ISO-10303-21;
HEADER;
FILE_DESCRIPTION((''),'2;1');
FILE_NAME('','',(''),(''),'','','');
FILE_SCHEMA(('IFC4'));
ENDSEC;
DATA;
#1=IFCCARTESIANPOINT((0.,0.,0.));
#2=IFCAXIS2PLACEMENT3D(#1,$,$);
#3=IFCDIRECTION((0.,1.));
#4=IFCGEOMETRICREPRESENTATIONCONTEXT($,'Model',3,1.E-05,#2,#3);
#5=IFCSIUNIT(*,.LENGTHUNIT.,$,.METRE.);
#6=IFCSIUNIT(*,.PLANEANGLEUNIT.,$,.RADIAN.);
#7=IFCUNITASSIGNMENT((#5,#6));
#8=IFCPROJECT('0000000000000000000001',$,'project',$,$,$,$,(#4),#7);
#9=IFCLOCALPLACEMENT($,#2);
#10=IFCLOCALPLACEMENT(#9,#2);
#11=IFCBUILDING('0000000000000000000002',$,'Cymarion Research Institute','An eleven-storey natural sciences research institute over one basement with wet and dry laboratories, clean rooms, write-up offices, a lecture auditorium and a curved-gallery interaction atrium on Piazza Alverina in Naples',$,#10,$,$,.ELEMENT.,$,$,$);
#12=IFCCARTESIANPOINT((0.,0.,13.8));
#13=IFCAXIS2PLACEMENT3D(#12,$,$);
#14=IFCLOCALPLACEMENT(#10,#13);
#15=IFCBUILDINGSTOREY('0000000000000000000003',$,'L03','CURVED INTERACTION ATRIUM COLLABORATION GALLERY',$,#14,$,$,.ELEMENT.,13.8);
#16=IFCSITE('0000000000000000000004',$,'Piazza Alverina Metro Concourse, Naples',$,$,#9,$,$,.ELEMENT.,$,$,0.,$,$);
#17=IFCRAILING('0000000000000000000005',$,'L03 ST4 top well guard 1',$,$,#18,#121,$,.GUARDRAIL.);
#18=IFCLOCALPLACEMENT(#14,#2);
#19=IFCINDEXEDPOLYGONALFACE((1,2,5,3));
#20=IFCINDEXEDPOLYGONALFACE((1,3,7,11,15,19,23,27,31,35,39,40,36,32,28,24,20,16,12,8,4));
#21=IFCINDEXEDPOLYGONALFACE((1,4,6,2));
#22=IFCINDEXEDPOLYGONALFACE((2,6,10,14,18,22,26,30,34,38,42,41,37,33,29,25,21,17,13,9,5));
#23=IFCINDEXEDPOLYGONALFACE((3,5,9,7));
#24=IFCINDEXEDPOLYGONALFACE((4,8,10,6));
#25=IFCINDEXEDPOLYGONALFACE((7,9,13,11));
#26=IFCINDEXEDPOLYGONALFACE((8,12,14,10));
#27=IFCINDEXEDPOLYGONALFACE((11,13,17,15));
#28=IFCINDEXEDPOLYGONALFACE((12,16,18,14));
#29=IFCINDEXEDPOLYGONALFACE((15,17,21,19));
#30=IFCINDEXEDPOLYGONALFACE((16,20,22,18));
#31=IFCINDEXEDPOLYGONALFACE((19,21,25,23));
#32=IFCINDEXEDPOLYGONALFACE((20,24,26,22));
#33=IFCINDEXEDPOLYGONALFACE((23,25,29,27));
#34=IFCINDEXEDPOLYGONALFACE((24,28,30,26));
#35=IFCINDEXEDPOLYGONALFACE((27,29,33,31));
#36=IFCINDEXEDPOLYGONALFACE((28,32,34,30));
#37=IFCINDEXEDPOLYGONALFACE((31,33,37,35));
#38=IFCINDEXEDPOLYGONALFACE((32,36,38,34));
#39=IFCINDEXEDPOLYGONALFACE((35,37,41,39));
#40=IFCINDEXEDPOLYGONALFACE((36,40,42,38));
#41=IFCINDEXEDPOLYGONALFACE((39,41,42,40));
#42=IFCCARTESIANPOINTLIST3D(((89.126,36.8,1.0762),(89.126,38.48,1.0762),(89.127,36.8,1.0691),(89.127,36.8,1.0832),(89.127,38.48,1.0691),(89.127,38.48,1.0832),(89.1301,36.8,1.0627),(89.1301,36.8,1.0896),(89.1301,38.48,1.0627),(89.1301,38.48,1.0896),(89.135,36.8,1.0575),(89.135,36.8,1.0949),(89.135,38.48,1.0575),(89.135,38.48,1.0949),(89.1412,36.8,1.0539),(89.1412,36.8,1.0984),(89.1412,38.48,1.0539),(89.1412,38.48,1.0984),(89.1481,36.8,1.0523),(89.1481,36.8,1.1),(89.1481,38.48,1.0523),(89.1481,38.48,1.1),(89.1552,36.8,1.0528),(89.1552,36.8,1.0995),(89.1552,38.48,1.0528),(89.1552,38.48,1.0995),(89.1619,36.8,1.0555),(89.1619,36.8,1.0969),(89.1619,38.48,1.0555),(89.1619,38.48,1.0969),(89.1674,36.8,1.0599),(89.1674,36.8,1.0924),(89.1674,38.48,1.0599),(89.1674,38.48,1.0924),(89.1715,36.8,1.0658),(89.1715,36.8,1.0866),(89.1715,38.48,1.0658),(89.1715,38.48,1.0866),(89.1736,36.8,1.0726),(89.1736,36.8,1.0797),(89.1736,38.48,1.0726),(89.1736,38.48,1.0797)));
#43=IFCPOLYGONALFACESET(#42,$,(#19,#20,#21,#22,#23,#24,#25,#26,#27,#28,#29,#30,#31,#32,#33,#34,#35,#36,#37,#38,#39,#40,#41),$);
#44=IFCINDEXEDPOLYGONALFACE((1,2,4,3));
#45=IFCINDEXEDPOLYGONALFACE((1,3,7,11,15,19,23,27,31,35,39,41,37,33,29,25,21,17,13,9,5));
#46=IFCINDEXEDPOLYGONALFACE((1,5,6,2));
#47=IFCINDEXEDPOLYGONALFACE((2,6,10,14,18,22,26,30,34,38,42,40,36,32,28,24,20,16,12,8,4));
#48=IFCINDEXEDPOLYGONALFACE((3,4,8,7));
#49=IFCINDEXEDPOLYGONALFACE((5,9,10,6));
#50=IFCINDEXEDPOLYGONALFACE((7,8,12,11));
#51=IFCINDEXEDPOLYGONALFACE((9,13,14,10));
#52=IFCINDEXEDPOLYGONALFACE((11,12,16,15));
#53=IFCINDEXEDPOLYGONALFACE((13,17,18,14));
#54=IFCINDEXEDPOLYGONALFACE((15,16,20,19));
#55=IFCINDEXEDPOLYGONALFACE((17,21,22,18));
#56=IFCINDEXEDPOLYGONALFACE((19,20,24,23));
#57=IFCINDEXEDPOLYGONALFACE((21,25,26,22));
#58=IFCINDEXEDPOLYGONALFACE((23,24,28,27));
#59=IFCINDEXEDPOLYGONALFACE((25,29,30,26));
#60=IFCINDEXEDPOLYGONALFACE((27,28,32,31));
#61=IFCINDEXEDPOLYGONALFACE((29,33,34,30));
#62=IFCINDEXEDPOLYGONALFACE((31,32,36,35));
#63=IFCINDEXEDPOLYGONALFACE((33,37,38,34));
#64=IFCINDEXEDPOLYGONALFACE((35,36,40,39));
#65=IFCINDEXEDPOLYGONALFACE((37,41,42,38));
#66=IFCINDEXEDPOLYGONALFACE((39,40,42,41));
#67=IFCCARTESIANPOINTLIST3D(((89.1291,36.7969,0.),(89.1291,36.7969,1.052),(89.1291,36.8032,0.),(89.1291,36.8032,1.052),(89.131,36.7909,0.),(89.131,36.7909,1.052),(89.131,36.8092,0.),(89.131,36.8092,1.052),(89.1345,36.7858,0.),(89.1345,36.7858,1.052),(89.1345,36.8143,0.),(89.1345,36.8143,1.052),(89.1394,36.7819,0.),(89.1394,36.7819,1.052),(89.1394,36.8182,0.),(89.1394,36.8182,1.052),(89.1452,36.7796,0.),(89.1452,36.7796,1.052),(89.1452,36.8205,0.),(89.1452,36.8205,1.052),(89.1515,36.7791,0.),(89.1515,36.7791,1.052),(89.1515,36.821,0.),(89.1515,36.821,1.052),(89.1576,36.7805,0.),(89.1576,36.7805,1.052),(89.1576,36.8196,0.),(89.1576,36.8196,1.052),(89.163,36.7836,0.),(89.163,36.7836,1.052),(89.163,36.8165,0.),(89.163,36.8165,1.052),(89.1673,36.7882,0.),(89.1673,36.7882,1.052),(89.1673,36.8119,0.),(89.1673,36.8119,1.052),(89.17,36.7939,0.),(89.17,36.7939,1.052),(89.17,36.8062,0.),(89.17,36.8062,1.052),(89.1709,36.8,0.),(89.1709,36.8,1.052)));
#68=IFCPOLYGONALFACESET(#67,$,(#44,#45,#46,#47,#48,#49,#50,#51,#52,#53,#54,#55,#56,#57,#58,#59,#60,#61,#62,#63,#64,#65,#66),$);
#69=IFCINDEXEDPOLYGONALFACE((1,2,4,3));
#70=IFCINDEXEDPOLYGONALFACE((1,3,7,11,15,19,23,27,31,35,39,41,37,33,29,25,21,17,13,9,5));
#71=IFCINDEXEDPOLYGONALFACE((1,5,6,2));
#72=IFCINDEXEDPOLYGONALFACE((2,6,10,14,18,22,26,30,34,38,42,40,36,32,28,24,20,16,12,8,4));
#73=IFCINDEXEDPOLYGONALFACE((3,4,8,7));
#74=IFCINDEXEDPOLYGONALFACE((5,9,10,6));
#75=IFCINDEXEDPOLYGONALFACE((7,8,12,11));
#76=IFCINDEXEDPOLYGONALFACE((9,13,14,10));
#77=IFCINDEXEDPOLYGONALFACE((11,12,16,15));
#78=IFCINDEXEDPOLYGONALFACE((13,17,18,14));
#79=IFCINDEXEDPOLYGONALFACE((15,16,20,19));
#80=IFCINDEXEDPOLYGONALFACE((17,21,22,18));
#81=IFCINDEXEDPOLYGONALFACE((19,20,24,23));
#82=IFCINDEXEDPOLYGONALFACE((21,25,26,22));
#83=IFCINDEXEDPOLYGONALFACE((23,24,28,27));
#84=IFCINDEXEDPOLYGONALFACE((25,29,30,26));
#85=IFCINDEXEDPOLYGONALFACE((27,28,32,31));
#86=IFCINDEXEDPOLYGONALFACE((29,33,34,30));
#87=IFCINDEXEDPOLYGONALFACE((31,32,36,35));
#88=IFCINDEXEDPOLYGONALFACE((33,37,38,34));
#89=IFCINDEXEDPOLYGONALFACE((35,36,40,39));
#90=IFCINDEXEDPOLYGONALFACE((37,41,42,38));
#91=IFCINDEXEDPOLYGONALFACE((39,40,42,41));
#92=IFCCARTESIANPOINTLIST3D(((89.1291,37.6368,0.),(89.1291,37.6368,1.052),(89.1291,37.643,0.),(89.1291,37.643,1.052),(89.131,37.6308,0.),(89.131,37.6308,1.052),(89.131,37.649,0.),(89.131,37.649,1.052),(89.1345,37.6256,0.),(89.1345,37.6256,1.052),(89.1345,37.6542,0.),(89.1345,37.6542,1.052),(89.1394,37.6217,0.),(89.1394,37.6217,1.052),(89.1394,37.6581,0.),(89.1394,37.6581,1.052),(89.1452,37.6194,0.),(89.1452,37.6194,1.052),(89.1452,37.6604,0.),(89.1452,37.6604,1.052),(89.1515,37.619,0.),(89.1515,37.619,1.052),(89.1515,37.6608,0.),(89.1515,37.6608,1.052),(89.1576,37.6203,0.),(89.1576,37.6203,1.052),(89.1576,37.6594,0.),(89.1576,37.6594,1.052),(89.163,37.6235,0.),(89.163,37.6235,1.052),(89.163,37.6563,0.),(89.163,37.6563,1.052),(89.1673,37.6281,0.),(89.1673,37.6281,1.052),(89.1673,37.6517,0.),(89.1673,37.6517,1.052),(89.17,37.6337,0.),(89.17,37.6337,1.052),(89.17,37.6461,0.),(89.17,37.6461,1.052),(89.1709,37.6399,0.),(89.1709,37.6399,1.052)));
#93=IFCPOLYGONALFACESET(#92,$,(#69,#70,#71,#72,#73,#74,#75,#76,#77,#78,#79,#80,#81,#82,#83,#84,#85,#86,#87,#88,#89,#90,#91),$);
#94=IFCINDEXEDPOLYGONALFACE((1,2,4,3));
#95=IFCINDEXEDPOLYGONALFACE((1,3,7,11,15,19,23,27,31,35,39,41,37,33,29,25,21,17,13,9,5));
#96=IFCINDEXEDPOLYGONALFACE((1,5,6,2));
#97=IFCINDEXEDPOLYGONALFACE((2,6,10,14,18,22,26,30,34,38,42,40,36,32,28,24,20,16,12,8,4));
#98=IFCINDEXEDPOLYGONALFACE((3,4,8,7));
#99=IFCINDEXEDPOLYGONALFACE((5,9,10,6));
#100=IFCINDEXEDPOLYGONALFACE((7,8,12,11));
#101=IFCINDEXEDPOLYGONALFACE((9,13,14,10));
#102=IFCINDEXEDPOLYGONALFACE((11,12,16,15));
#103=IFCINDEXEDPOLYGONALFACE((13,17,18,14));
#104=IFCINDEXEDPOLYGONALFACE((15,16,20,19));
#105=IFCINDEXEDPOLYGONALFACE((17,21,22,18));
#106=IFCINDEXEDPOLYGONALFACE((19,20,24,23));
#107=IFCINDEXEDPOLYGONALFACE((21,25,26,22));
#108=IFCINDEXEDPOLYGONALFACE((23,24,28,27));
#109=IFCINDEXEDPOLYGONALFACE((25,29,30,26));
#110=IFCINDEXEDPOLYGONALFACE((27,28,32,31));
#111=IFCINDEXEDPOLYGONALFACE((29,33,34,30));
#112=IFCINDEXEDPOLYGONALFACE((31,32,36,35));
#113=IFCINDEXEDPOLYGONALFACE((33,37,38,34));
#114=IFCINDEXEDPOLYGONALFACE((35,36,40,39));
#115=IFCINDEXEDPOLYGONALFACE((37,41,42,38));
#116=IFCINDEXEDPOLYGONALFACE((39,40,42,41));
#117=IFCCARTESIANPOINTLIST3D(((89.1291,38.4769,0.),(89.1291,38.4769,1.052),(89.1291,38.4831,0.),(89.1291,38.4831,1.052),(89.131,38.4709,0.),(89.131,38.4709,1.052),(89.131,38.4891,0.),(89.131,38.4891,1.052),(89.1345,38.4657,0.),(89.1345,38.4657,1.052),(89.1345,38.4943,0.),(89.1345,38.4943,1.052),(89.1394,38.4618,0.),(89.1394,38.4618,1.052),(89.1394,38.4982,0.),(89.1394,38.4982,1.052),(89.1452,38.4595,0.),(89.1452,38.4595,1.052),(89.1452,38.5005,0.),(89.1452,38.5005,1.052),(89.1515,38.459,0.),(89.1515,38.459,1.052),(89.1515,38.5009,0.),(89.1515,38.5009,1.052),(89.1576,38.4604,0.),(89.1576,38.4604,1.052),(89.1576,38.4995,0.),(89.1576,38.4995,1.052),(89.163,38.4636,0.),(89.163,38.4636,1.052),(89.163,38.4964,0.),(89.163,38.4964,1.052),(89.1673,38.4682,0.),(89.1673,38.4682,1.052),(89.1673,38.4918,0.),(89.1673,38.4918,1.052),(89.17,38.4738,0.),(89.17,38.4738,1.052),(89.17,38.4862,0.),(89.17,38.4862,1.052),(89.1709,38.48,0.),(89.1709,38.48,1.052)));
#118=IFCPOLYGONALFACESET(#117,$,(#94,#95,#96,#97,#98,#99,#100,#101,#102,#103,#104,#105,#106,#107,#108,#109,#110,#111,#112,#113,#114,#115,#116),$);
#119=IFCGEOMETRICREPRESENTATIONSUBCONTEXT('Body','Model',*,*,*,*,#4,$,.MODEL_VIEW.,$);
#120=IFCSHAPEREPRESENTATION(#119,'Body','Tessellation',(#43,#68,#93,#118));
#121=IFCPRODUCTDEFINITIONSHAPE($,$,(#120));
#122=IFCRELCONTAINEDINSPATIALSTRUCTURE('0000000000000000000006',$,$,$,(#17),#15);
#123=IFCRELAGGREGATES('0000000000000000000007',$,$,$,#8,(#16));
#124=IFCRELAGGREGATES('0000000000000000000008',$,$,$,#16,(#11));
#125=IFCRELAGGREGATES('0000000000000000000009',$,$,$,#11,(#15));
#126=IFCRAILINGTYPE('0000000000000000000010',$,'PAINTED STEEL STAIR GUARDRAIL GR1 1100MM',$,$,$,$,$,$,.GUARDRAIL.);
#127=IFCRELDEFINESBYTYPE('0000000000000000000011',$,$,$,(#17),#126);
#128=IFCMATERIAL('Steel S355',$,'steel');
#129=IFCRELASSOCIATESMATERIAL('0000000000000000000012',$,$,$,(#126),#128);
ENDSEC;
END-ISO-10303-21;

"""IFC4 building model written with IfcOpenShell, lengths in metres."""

from ifc_helpers import new_model, si_unit, direction, frame, origin, origin_2d, place, context, subcontext, project, spatial, circle, extrude, material, type_object, element, save


model = new_model("IFC4")

# Units and contexts
model_context = context("Model", 3, precision=1e-05, world=origin(), true_north=direction((0.0, 1.0)))
body_context = subcontext(model_context, "Body", "Model", "MODEL_VIEW")
ifc_project = project(units=[si_unit("LENGTHUNIT", "METRE"), si_unit("PLANEANGLEUNIT", "RADIAN")], contexts=[model_context])

# Site, building, storey
site_placement = place(None, origin())
site = spatial("IfcSite", under=ifc_project, at=site_placement, Name="Piazza Alverina Metro Concourse, Naples", CompositionType="ELEMENT", RefElevation=0.0)
building_placement = place(site_placement, origin())
building = spatial("IfcBuilding", under=site, at=building_placement, Name="Cymarion Research Institute", Description="An eleven-storey natural sciences research institute over one basement with wet and dry laboratories, clean rooms, write-up offices, a lecture auditorium and a curved-gallery interaction atrium on Piazza Alverina in Naples", CompositionType="ELEMENT")
storey_placement = place(building_placement, frame((0.0, 0.0, 13.8)))
storey = spatial("IfcBuildingStorey", under=building, at=storey_placement, Name="L03", Description="CURVED INTERACTION ATRIUM COLLABORATION GALLERY", CompositionType="ELEMENT", Elevation=13.8)

# Railing
ifc_material_1 = material(Name="Steel S355", Category="steel")
railing_type = type_object("IfcRailingType", Name="PAINTED STEEL STAIR GUARDRAIL GR1 1100MM", PredefinedType="GUARDRAIL", material=ifc_material_1)
railing_placement = place(storey_placement, frame((89.1499, 36.8, 0.0)))
element("IfcRailing", 1, at=railing_placement, inside=storey, type_object=railing_type, Name="L03 ST4 top well guard 1", PredefinedType="GUARDRAIL", context=body_context, shape_type="SweptSolid", body=[
    extrude(circle(Radius=0.0239, at=origin_2d()), frame((0.0, 0.0, 1.0762), z_axis=(0.0, 1.0, 0.0), x_axis=(-1.0, 0.0, 0.0)), (0.0, 0.0, 1.0), 1.6799),
    extrude(circle(Radius=0.021, at=origin_2d()), origin(), (0.0, 0.0, 1.0), 1.052),
    extrude(circle(Radius=0.021, at=origin_2d()), frame((0.0, 0.8398, 0.0)), (0.0, 0.0, 1.0), 1.052),
    extrude(circle(Radius=0.021, at=origin_2d()), frame((0.0, 1.6799, 0.0)), (0.0, 0.0, 1.0), 1.052),
])

save(model, "model.ifc")
